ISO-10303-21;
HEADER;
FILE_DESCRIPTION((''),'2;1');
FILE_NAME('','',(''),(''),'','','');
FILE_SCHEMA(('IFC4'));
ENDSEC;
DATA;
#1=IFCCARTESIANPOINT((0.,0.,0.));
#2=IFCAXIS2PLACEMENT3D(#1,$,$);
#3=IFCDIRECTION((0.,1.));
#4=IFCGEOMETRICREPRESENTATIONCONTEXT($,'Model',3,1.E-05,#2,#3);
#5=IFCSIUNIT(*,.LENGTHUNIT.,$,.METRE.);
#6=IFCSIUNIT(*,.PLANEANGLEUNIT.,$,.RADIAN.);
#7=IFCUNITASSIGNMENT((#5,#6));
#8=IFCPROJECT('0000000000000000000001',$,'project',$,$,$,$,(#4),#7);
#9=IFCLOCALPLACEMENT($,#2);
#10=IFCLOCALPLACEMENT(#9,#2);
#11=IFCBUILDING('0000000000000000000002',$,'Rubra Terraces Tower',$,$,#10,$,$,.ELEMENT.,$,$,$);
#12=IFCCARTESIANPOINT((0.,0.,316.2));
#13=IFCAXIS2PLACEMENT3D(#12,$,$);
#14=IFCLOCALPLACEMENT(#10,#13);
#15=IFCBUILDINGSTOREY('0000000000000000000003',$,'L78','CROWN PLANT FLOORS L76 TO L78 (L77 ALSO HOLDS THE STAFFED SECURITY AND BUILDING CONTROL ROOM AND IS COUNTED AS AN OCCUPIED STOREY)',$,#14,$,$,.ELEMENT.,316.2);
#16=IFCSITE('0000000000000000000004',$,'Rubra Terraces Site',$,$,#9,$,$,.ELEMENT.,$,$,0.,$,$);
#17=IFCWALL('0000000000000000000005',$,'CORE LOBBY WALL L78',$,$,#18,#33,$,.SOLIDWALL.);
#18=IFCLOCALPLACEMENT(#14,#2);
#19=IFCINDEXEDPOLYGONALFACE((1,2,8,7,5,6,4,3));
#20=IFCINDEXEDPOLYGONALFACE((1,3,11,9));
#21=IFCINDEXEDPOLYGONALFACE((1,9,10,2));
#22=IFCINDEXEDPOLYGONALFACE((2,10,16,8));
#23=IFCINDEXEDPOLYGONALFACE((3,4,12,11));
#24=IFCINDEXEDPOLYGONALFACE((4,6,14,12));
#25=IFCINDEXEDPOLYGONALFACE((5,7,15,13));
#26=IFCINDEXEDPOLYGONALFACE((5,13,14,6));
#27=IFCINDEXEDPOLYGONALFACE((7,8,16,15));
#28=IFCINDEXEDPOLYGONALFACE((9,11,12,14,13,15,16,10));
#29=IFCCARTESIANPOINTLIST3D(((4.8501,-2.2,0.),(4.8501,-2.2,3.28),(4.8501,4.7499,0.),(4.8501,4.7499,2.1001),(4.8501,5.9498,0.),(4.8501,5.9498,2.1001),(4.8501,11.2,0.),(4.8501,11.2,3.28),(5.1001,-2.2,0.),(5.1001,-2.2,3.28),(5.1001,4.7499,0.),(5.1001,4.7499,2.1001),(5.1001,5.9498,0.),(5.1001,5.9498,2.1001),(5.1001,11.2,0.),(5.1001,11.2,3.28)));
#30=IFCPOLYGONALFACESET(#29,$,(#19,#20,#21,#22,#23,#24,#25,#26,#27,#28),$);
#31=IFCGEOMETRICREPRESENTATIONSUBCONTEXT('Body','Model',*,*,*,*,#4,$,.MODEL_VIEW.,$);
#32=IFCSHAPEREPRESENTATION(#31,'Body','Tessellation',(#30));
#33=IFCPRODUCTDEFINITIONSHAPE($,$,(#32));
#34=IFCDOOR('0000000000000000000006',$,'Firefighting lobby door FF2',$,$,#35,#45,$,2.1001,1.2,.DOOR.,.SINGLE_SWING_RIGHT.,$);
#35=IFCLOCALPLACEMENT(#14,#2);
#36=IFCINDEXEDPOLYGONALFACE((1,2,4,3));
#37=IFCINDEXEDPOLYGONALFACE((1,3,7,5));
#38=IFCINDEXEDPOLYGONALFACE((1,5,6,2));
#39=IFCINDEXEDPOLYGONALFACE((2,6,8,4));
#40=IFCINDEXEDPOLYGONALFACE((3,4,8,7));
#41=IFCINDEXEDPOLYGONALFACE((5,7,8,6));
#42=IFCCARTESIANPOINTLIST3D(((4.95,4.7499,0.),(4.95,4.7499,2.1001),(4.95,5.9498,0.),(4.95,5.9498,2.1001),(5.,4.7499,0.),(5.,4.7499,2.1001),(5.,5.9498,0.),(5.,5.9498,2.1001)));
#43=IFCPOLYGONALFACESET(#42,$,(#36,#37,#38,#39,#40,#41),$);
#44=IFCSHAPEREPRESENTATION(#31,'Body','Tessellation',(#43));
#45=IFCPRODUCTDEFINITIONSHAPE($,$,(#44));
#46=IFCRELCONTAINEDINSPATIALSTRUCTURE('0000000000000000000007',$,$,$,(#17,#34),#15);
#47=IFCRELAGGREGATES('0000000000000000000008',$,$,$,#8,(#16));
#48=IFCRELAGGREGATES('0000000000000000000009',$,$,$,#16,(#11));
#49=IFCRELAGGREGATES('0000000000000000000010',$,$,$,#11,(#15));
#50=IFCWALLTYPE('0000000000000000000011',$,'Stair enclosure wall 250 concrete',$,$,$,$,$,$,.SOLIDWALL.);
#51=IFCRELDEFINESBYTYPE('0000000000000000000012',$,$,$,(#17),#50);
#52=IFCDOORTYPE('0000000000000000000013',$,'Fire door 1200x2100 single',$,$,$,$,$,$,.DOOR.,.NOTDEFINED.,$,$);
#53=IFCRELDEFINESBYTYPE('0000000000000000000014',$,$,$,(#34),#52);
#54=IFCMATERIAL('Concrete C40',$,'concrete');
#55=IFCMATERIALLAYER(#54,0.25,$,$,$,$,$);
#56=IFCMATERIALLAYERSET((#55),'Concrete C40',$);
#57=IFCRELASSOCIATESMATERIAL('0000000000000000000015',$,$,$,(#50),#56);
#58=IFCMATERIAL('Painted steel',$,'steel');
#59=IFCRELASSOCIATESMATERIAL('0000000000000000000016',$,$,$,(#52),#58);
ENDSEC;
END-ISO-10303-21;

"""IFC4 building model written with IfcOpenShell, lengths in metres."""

from ifc_helpers import new_model, si_unit, direction, frame, frame_2d, origin, place, context, subcontext, project, spatial, rectangle, extrude, material, layer, layer_set, type_object, element, fill, save


model = new_model("IFC4")

# Units and contexts
model_context = context("Model", 3, precision=1e-05, world=origin(), true_north=direction((0.0, 1.0)))
body_context = subcontext(model_context, "Body", "Model", "MODEL_VIEW")
ifc_project = project(units=[si_unit("LENGTHUNIT", "METRE"), si_unit("PLANEANGLEUNIT", "RADIAN")], contexts=[model_context])

# Site, building, storey
site_placement = place(None, origin())
site = spatial("IfcSite", under=ifc_project, at=site_placement, Name="Rubra Terraces Site", CompositionType="ELEMENT", RefElevation=0.0)
building_placement = place(site_placement, origin())
building = spatial("IfcBuilding", under=site, at=building_placement, Name="Rubra Terraces Tower", CompositionType="ELEMENT")
storey_placement = place(building_placement, frame((0.0, 0.0, 316.2)))
storey = spatial("IfcBuildingStorey", under=building, at=storey_placement, Name="L78", Description="CROWN PLANT FLOORS L76 TO L78 (L77 ALSO HOLDS THE STAFFED SECURITY AND BUILDING CONTROL ROOM AND IS COUNTED AS AN OCCUPIED STOREY)", CompositionType="ELEMENT", Elevation=316.2)

# Shared definitions
ifc_material_1 = material(Name="Concrete C40", Category="concrete")

# Wall, opening, door
ifc_layer_1 = layer(ifc_material_1, 0.25)
ifc_layer_set_1 = layer_set([ifc_layer_1], Name="Concrete C40")
wall_type_1 = type_object("IfcWallType", Name="Stair enclosure wall 250 concrete", PredefinedType="SOLIDWALL", material=ifc_layer_set_1)
wall_1_placement = place(storey_placement, frame((4.9751, 11.2, 0.0), z_axis=(0.0, 0.0, 1.0), x_axis=(0.0, -1.0, 0.0)))
wall_1 = element("IfcWall", 1, at=wall_1_placement, inside=storey, type_object=wall_type_1, Name="CORE LOBBY WALL L78", PredefinedType="SOLIDWALL", context=body_context, shape_type="SweptSolid", body=[
    extrude(rectangle(XDim=13.3999, YDim=0.25, at=frame_2d((6.7, 0.0))), origin(), (0.0, 0.0, 1.0), 3.28),
])
opening_placement = place(wall_1_placement, frame((5.25, 0.0, 0.0)))
opening = element("IfcOpeningElement", 2, at=opening_placement, cuts=wall_1, PredefinedType="OPENING", context=body_context, shape_type="SweptSolid", body=[
    extrude(rectangle(XDim=1.2, YDim=2.1001, at=frame_2d((0.6001, 1.05))), frame((0.0, 0.135, 0.0), z_axis=(0.0, -1.0, 0.0), x_axis=(1.0, 0.0, 0.0)), (0.0, 0.0, 1.0), 0.27),
])
ifc_material_2 = material(Name="Painted steel", Category="steel")
door_type = type_object("IfcDoorType", Name="Fire door 1200x2100 single", OperationType="NOTDEFINED", PredefinedType="DOOR", material=ifc_material_2)
door_placement = place(opening_placement, origin())
door = element("IfcDoor", 3, at=door_placement, inside=storey, type_object=door_type, Name="Firefighting lobby door FF2", OperationType="SINGLE_SWING_RIGHT", OverallHeight=2.1001, OverallWidth=1.2, PredefinedType="DOOR", context=body_context, shape_type="SweptSolid", body=[
    extrude(rectangle(XDim=1.2, YDim=2.1001, at=frame_2d((0.6001, 1.05))), frame((0.0, 0.0249, 0.0), z_axis=(0.0, -1.0, 0.0), x_axis=(1.0, 0.0, 0.0)), (0.0, 0.0, 1.0), 0.05),
])
fill(opening, door)

save(model, "model.ifc")
